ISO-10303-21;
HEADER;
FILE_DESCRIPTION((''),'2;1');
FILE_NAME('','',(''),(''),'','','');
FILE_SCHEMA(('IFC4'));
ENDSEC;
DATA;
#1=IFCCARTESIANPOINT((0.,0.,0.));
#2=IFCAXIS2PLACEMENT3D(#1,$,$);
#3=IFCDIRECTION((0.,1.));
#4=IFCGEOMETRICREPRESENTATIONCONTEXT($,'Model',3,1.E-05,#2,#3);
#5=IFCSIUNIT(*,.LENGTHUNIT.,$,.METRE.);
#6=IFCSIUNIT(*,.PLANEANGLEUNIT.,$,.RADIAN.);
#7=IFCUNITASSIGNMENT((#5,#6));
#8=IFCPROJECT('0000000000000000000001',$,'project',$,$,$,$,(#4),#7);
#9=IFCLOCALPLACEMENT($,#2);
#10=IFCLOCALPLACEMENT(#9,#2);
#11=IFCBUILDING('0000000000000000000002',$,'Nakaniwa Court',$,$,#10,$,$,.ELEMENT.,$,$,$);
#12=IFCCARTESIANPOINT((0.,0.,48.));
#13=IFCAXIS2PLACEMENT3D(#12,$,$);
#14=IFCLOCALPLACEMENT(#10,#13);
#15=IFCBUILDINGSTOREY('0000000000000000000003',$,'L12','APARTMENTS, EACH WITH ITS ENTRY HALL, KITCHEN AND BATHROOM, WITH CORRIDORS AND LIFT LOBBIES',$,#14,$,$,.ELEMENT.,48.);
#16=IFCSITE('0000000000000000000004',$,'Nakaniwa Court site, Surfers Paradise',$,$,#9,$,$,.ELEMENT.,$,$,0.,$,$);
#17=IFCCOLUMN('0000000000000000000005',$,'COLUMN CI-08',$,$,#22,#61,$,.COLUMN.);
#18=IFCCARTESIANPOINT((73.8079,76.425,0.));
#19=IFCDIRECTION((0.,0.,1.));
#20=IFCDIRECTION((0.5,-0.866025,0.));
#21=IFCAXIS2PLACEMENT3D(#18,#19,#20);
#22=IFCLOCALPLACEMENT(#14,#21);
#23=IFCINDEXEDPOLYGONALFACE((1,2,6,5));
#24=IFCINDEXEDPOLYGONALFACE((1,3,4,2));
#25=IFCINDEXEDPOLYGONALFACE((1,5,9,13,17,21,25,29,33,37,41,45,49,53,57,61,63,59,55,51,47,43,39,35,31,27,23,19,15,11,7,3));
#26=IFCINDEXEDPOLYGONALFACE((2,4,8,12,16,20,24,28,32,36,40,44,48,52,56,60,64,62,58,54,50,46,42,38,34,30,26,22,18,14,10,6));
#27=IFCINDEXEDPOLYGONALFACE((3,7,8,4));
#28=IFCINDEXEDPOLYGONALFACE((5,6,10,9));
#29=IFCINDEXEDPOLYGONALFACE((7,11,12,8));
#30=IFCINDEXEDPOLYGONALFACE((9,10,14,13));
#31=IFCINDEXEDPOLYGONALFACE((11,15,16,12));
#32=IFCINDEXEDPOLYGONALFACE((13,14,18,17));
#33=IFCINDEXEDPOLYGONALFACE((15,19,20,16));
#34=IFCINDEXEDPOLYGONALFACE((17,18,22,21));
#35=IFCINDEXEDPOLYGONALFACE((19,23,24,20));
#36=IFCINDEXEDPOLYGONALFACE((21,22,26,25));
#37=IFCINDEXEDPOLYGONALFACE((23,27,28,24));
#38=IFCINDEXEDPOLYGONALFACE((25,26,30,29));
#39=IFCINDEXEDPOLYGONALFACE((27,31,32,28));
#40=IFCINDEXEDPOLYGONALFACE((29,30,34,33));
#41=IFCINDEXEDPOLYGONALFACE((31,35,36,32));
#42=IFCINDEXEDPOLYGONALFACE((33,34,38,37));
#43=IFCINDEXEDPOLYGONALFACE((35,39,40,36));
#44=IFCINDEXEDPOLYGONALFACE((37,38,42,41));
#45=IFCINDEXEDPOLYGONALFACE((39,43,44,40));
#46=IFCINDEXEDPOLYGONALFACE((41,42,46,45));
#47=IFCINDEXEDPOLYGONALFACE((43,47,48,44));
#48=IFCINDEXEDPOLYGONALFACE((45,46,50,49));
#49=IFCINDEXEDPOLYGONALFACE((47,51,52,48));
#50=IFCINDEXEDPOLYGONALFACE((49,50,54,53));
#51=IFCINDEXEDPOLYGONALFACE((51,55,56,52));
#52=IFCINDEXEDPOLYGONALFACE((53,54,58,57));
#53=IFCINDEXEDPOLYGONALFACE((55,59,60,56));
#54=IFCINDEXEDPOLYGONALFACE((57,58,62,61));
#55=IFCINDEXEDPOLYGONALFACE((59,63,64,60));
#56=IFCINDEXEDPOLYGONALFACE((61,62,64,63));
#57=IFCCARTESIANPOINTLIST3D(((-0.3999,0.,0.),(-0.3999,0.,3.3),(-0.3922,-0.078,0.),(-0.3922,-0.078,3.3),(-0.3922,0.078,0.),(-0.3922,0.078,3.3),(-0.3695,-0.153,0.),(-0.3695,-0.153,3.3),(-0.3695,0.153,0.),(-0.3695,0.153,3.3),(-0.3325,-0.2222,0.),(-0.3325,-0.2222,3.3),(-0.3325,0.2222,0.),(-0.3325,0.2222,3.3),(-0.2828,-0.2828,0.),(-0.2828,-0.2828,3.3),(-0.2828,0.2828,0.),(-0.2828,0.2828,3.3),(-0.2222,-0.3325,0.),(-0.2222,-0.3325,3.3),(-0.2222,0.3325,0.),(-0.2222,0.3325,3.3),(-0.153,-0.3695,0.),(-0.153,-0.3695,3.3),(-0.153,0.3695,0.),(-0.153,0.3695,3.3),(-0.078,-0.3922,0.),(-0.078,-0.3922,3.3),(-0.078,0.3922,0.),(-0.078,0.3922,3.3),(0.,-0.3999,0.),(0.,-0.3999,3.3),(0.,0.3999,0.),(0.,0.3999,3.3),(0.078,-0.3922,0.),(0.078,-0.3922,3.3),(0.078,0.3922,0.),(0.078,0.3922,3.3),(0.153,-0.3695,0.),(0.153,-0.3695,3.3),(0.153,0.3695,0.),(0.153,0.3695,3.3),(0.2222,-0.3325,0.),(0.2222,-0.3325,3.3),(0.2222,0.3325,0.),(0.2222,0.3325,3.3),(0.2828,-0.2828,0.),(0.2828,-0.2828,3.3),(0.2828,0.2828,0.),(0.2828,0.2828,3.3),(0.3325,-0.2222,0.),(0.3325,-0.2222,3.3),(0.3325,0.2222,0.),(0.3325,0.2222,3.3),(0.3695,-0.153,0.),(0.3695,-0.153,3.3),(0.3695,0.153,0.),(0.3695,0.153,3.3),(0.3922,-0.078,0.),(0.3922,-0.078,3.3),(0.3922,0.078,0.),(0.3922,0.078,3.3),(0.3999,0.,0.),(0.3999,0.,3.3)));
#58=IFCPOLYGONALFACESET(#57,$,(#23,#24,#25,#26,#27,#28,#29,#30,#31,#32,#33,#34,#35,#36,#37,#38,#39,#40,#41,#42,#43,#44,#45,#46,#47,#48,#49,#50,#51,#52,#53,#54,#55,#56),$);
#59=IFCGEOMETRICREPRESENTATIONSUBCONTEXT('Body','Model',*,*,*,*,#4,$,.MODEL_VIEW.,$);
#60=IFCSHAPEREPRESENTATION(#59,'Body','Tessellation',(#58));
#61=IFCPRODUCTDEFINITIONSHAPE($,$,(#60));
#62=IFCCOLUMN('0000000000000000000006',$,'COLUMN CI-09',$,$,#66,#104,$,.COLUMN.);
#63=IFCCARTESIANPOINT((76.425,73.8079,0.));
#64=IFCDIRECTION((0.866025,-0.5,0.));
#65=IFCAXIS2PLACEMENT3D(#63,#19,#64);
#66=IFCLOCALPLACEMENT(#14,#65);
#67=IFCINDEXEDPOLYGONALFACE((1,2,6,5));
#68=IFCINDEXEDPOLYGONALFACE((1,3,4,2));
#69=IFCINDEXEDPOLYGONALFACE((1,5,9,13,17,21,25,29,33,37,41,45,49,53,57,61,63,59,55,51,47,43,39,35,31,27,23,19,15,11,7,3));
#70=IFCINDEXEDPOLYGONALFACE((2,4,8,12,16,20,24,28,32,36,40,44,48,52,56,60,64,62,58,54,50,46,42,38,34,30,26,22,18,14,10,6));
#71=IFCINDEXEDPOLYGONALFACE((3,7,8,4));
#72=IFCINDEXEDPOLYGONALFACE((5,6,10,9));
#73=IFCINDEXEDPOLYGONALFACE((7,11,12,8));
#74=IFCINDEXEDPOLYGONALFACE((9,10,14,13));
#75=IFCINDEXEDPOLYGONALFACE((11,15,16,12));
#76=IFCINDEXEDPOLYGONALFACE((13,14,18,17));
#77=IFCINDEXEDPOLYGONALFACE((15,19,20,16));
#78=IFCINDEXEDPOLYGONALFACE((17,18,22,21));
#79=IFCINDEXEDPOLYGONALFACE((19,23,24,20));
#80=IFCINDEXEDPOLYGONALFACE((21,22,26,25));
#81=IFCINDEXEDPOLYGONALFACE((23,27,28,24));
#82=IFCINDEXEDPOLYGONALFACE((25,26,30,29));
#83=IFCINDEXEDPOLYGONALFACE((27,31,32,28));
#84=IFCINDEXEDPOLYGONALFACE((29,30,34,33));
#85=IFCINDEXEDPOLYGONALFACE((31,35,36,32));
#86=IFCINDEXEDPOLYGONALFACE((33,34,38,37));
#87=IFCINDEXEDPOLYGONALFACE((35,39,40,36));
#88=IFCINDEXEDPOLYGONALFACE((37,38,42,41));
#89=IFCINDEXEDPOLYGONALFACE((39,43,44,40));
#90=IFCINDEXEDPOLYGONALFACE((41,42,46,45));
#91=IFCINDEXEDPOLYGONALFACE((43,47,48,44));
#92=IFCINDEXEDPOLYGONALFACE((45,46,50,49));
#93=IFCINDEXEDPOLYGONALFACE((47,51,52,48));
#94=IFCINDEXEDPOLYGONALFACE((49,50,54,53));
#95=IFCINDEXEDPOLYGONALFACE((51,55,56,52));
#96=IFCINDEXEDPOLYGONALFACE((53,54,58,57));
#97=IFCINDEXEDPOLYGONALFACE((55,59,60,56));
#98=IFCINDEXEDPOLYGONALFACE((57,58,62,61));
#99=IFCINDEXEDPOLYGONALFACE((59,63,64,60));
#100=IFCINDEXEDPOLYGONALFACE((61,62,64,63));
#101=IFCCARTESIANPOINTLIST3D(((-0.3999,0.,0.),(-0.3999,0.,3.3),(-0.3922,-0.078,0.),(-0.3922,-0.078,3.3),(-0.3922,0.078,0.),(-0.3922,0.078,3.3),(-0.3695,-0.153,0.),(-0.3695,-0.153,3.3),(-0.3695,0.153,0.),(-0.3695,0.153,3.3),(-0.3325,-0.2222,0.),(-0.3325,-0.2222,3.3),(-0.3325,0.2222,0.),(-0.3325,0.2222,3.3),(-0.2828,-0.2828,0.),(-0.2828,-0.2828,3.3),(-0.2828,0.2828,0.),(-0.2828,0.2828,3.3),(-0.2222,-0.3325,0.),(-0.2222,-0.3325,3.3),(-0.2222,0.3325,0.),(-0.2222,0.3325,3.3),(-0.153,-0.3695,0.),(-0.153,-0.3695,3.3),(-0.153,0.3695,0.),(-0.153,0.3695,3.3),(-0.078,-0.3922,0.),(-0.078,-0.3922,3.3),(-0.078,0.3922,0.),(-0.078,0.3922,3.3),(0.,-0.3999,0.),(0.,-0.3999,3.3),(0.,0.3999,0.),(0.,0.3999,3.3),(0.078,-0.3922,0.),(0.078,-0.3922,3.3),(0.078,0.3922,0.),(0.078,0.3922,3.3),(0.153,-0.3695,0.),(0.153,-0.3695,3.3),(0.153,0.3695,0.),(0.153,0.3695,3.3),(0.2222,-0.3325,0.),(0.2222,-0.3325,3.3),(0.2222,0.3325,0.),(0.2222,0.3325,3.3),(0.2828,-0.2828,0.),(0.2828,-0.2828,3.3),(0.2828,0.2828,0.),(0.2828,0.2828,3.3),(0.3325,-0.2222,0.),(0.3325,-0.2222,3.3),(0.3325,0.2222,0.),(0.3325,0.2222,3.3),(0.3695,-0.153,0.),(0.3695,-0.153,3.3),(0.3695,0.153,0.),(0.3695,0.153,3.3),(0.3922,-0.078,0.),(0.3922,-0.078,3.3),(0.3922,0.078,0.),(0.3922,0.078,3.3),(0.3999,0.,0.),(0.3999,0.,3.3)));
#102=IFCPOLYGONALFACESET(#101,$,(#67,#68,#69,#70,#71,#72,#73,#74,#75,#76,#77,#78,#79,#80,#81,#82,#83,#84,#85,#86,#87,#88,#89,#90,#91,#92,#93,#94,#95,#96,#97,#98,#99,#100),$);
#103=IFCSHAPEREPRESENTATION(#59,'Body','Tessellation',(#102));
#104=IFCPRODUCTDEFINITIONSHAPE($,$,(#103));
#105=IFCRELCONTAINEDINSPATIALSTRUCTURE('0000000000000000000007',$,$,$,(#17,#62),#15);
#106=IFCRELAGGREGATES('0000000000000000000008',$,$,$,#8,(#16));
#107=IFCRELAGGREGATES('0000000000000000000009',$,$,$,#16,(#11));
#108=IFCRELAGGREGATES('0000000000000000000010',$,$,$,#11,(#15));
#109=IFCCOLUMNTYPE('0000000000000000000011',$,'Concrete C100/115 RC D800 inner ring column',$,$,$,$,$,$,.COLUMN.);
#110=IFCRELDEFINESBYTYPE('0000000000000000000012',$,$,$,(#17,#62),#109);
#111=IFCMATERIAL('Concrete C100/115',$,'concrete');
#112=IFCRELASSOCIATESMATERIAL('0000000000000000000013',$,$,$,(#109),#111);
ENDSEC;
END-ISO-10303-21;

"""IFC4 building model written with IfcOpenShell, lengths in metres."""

from ifc_helpers import new_model, si_unit, direction, frame, origin, origin_2d, place, context, subcontext, project, spatial, circle, extrude, material, material_profile, profile_set, type_object, element, save


model = new_model("IFC4")

# Units and contexts
model_context = context("Model", 3, precision=1e-05, world=origin(), true_north=direction((0.0, 1.0)))
body_context = subcontext(model_context, "Body", "Model", "MODEL_VIEW")
ifc_project = project(units=[si_unit("LENGTHUNIT", "METRE"), si_unit("PLANEANGLEUNIT", "RADIAN")], contexts=[model_context])

# Site, building, storey
site_placement = place(None, origin())
site = spatial("IfcSite", under=ifc_project, at=site_placement, Name="Nakaniwa Court site, Surfers Paradise", CompositionType="ELEMENT", RefElevation=0.0)
building_placement = place(site_placement, origin())
building = spatial("IfcBuilding", under=site, at=building_placement, Name="Nakaniwa Court", CompositionType="ELEMENT")
storey_placement = place(building_placement, frame((0.0, 0.0, 48.0)))
storey = spatial("IfcBuildingStorey", under=building, at=storey_placement, Name="L12", Description="APARTMENTS, EACH WITH ITS ENTRY HALL, KITCHEN AND BATHROOM, WITH CORRIDORS AND LIFT LOBBIES", CompositionType="ELEMENT", Elevation=48.0)

# Columns
ifc_material_1 = material(Name="Concrete C100/115", Category="concrete")
ifc_material_profile_1 = material_profile(ifc_material_1, circle(Radius=0.3999, at=origin_2d()), Name="Concrete C100/115 RC D800 inner ring column")
ifc_profile_set_1 = profile_set([ifc_material_profile_1], Name="Concrete C100/115")
column_type_1 = type_object("IfcColumnType", Name="Concrete C100/115 RC D800 inner ring column", PredefinedType="COLUMN", material=ifc_profile_set_1)
for number, where, z_axis, x_axis, name in (
    (1, (73.8079, 76.425, 0.0), (0.0, 0.0, 1.0), (0.5, -0.866025, 0.0), "COLUMN CI-08"),
    (2, (76.425, 73.8079, 0.0), (0.0, 0.0, 1.0), (0.866025, -0.5, 0.0), "COLUMN CI-09"),
):
    element("IfcColumn", number, at=place(storey_placement, frame(where, z_axis=z_axis, x_axis=x_axis)), inside=storey, type_object=column_type_1, Name=name, PredefinedType="COLUMN", context=body_context, shape_type="SweptSolid", body=[
        extrude(circle(Radius=0.3999, at=origin_2d()), origin(), (0.0, 0.0, 1.0), 3.3),
    ])

save(model, "model.ifc")
